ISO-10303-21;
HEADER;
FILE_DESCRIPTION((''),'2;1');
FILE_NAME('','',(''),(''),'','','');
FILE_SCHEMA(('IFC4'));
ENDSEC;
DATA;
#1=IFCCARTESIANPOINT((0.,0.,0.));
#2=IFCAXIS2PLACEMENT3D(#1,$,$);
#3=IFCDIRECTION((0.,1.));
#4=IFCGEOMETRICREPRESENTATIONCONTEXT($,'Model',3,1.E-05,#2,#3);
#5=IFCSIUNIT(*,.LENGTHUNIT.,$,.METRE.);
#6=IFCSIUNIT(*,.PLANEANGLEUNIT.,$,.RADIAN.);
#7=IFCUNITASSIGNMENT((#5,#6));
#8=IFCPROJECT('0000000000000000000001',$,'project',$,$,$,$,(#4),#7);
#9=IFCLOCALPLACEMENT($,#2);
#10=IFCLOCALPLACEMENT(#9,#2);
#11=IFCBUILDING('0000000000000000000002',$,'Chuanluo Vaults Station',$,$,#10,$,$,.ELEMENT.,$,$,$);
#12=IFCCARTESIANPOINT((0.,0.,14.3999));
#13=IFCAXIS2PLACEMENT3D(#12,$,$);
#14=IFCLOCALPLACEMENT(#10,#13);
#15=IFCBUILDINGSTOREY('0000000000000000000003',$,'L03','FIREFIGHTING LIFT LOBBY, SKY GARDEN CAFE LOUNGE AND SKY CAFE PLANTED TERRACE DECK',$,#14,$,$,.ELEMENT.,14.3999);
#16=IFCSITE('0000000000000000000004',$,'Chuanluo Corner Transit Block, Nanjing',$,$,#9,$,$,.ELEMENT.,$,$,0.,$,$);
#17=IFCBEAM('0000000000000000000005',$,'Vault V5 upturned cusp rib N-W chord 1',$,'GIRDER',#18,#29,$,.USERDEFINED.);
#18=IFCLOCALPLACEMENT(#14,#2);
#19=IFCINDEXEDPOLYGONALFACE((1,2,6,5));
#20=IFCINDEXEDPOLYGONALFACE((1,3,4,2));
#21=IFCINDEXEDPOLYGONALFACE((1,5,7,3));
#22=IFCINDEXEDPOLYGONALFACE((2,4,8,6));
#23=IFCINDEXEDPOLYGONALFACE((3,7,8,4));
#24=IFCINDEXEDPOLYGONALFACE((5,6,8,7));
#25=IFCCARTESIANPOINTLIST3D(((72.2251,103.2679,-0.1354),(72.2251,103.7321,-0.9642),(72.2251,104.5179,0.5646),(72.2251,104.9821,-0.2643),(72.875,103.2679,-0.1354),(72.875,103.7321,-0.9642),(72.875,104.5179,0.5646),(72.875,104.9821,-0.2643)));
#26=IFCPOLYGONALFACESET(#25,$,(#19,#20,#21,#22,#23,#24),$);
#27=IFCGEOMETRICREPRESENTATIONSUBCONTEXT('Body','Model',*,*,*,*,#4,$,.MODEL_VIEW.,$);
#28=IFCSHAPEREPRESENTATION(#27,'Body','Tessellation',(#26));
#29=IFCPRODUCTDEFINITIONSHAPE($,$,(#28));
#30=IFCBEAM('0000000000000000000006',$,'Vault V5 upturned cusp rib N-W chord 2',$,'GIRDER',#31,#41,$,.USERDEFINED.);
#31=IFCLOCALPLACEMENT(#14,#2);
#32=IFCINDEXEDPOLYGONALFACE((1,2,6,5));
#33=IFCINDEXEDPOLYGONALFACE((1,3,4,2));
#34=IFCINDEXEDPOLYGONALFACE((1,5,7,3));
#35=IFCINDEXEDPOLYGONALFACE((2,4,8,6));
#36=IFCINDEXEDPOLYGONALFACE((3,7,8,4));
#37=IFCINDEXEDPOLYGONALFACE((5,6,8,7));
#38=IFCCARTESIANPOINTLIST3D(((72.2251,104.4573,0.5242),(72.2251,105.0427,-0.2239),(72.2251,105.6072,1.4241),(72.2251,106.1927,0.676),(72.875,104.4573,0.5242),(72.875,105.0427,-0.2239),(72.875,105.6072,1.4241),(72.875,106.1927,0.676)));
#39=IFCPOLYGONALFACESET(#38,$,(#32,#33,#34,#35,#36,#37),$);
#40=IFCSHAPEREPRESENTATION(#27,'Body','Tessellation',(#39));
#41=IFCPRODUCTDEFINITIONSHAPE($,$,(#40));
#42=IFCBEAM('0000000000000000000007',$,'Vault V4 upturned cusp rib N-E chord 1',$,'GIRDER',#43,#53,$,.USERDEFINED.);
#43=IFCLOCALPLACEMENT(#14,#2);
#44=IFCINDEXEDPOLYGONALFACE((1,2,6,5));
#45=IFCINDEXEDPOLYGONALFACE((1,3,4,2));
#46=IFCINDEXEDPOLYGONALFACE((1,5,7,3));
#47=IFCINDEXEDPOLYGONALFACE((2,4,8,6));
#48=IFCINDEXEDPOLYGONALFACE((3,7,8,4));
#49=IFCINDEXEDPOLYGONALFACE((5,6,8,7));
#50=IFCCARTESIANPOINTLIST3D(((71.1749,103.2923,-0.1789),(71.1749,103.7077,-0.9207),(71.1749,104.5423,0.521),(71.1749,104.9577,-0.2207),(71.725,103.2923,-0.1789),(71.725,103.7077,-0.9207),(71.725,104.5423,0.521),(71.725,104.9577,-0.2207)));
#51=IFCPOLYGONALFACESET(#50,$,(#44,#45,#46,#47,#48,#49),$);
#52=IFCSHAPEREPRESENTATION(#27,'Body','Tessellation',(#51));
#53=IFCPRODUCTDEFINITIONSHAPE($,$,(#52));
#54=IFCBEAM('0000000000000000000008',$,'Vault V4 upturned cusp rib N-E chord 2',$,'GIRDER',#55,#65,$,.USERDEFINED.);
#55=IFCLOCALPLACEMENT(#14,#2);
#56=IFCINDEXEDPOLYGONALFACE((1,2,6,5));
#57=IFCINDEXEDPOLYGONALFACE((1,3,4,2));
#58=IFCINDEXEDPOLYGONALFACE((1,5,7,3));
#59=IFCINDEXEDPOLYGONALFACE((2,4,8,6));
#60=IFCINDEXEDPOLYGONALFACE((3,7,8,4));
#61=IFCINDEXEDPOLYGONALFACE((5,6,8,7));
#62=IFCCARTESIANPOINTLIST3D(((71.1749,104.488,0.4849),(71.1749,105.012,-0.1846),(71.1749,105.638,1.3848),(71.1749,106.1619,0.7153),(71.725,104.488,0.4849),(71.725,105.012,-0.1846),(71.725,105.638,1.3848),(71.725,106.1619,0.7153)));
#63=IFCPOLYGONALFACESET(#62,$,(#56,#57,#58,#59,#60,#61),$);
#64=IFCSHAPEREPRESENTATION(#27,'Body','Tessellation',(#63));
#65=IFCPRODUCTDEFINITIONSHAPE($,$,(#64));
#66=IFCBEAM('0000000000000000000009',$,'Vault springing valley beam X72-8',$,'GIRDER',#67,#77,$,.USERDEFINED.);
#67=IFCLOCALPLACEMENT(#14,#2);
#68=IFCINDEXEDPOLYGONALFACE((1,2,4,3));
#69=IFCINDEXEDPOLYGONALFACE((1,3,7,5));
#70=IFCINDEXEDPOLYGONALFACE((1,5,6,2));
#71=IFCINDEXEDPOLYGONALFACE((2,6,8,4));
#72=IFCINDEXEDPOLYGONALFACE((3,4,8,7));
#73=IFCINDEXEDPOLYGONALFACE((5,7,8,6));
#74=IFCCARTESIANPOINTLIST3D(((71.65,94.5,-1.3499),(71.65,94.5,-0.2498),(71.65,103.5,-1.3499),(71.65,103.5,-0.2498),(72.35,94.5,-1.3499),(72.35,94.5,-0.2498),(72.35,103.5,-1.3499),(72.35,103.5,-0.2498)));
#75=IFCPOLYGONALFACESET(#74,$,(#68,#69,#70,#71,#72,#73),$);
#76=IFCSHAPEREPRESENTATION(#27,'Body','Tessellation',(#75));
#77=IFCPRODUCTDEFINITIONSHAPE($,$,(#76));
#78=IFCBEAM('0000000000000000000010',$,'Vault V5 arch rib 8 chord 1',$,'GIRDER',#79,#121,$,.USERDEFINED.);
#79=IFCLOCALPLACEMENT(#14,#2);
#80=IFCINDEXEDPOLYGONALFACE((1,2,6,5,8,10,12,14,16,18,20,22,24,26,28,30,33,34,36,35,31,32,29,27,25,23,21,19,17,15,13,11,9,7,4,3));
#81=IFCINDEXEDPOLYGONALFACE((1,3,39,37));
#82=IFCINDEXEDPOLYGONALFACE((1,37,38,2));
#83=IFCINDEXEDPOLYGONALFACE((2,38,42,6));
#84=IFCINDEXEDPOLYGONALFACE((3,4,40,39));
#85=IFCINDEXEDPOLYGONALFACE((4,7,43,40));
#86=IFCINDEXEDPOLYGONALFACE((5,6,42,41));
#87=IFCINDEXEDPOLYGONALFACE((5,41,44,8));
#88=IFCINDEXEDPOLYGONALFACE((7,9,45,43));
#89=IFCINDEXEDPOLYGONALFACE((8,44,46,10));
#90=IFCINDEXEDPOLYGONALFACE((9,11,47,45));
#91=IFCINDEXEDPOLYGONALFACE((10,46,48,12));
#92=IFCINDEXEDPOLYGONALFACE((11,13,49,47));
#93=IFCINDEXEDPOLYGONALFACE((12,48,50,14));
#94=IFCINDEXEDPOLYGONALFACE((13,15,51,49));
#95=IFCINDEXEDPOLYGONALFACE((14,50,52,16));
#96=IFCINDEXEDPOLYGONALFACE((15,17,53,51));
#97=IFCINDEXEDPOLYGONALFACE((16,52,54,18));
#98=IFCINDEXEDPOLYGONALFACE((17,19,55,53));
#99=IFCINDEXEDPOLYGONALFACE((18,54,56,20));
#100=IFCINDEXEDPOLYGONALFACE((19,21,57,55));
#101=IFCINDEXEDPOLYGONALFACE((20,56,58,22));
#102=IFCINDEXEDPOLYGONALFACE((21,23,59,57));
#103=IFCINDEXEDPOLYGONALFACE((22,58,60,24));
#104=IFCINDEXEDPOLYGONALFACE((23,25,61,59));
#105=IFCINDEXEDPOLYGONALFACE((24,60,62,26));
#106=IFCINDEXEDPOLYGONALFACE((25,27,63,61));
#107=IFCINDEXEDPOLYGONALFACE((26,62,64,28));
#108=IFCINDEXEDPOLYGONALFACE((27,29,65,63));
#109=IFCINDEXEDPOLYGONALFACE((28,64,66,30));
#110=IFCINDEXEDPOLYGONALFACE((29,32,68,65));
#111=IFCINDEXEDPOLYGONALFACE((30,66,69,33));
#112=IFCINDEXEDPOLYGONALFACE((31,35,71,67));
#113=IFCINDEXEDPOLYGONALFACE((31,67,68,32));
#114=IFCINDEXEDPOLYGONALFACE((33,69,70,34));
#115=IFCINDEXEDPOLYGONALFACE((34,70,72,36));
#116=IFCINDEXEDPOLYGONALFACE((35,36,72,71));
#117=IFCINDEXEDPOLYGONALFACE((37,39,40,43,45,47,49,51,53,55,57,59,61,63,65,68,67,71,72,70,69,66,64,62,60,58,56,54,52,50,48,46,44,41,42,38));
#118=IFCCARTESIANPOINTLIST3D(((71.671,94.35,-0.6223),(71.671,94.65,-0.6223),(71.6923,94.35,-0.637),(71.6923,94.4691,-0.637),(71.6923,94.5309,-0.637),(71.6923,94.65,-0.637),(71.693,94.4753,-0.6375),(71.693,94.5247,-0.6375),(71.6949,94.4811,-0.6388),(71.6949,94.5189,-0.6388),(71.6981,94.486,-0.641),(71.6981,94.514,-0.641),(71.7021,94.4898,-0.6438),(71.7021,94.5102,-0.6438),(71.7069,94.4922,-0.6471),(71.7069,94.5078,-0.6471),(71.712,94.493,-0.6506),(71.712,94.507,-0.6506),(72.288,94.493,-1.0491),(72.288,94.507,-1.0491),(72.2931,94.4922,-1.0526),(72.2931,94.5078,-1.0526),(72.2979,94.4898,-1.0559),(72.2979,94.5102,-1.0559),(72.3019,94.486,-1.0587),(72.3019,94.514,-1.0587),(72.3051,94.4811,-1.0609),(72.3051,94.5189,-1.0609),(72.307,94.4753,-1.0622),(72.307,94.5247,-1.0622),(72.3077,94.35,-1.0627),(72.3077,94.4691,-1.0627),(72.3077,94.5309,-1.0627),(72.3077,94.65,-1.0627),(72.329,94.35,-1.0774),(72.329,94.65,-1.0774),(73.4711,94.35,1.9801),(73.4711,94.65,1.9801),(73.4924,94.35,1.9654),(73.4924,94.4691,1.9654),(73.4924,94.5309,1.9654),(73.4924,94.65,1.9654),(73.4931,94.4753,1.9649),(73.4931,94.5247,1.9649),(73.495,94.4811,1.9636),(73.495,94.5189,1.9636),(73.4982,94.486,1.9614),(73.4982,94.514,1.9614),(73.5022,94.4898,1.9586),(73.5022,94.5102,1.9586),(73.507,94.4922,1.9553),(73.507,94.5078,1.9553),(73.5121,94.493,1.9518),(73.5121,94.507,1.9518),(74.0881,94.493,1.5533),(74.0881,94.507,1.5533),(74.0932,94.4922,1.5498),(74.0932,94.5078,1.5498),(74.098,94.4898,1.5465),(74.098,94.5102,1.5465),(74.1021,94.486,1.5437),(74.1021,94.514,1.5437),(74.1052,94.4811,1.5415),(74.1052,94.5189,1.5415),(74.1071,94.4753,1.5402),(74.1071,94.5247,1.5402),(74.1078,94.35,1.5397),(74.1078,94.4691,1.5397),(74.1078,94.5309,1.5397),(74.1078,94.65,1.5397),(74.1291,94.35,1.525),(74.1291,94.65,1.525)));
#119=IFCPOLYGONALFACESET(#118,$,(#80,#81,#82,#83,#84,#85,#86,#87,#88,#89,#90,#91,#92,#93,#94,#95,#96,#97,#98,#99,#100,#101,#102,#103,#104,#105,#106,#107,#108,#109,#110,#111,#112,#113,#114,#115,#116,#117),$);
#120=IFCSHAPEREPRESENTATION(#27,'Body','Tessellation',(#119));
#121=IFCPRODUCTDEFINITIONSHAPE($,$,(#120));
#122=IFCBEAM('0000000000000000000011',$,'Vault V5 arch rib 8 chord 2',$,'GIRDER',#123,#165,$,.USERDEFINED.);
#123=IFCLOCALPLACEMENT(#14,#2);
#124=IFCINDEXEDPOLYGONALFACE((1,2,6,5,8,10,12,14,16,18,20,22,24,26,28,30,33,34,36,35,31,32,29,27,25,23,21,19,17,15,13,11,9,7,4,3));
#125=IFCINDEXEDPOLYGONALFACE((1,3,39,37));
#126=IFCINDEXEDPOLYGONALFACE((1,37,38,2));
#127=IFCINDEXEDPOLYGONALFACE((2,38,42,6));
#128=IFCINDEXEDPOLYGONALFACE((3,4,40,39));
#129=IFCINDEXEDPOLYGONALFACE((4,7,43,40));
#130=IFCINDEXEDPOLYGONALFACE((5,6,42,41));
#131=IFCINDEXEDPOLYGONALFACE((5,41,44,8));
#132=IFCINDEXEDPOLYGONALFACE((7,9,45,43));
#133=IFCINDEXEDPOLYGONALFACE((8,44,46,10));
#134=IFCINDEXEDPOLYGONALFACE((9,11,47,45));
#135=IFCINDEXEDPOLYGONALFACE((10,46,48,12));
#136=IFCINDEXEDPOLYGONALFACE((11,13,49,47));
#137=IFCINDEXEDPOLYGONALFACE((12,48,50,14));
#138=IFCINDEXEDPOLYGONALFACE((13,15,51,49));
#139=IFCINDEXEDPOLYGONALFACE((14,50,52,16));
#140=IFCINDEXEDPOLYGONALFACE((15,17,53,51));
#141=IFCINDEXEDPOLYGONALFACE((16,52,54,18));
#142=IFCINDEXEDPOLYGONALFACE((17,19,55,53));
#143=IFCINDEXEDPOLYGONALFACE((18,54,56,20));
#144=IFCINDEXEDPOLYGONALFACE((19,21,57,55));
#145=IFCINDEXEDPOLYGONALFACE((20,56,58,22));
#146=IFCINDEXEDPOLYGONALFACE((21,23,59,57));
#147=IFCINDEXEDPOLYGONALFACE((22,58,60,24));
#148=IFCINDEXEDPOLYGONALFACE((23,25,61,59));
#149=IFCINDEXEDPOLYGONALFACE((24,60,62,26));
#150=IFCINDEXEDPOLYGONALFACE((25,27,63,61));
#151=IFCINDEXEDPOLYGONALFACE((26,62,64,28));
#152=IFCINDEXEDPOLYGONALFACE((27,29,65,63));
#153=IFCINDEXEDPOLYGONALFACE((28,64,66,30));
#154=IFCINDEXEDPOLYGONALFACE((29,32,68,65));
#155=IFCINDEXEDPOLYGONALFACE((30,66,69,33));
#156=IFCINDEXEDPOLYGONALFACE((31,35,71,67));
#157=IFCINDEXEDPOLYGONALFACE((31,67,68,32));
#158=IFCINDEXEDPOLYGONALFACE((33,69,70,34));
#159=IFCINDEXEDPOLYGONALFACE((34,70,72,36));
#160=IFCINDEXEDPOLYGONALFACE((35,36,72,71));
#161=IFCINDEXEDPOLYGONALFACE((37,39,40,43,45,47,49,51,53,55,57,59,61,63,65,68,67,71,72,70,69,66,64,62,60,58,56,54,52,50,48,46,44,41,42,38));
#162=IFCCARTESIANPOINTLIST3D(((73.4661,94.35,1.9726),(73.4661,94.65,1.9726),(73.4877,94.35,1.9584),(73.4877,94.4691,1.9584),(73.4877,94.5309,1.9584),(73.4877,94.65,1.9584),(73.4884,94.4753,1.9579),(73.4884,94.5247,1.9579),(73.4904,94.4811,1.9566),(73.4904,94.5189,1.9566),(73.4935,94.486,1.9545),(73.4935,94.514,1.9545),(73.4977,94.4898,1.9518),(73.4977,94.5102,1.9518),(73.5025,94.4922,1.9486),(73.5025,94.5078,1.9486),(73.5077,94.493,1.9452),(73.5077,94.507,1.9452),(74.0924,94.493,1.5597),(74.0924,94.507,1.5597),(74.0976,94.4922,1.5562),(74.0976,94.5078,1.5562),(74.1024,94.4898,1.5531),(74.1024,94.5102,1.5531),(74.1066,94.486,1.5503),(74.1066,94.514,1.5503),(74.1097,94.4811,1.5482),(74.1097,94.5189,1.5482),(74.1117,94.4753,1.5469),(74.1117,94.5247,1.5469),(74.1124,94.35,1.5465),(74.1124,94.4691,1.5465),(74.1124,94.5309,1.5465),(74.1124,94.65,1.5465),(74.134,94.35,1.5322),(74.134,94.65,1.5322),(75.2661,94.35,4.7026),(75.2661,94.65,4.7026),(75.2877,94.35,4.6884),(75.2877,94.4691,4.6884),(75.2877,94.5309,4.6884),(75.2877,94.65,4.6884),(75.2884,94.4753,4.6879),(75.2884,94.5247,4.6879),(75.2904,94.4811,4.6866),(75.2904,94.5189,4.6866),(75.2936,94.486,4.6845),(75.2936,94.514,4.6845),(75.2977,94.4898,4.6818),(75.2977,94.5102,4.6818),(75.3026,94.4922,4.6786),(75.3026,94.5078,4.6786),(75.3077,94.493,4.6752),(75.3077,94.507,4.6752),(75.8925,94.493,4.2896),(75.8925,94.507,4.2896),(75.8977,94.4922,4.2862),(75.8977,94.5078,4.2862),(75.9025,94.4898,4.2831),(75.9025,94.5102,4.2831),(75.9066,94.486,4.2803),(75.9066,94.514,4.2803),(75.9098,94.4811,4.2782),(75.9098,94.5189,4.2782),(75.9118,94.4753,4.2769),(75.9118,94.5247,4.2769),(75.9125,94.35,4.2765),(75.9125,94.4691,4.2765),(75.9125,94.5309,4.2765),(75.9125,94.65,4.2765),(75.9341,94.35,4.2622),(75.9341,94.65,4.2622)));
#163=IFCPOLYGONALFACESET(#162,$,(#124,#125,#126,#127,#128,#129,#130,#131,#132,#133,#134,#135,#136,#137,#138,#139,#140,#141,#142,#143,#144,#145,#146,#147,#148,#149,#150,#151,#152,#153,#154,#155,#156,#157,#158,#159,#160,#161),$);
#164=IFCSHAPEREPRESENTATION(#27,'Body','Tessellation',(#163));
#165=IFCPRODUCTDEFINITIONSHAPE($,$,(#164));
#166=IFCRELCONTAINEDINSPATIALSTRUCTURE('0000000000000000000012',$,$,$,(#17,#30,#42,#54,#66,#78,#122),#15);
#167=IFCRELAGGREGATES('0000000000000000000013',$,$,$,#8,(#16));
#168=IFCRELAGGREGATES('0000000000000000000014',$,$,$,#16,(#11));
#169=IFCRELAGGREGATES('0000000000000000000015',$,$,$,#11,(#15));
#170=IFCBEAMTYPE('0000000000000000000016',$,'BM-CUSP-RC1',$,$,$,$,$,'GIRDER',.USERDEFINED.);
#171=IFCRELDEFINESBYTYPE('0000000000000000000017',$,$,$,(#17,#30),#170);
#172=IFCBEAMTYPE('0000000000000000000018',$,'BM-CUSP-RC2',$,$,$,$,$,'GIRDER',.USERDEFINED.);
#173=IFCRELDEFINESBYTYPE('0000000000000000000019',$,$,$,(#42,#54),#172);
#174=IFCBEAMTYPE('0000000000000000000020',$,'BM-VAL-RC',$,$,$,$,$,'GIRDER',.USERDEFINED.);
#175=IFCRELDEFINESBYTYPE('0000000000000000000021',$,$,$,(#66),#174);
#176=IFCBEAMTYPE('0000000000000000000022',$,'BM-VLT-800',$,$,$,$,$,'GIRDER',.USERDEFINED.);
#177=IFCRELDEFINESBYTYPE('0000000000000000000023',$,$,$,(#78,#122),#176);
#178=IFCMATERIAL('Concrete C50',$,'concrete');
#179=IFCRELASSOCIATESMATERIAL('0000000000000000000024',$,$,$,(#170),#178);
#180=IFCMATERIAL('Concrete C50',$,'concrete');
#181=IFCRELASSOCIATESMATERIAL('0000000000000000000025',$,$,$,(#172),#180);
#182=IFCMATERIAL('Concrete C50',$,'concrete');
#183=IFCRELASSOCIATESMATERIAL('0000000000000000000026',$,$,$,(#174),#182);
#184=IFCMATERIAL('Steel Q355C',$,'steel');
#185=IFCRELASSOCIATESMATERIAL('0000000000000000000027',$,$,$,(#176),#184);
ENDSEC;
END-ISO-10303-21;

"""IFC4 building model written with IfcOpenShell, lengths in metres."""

from ifc_helpers import new_model, si_unit, direction, frame, origin, origin_2d, place, context, subcontext, project, spatial, rectangle, i_section, extrude, material, material_profile, profile_set, type_object, element, save


model = new_model("IFC4")

# Units and contexts
model_context = context("Model", 3, precision=1e-05, world=origin(), true_north=direction((0.0, 1.0)))
body_context = subcontext(model_context, "Body", "Model", "MODEL_VIEW")
ifc_project = project(units=[si_unit("LENGTHUNIT", "METRE"), si_unit("PLANEANGLEUNIT", "RADIAN")], contexts=[model_context])

# Site, building, storey
site_placement = place(None, origin())
site = spatial("IfcSite", under=ifc_project, at=site_placement, Name="Chuanluo Corner Transit Block, Nanjing", CompositionType="ELEMENT", RefElevation=0.0)
building_placement = place(site_placement, origin())
building = spatial("IfcBuilding", under=site, at=building_placement, Name="Chuanluo Vaults Station", CompositionType="ELEMENT")
storey_placement = place(building_placement, frame((0.0, 0.0, 14.3999)))
storey = spatial("IfcBuildingStorey", under=building, at=storey_placement, Name="L03", Description="FIREFIGHTING LIFT LOBBY, SKY GARDEN CAFE LOUNGE AND SKY CAFE PLANTED TERRACE DECK", CompositionType="ELEMENT", Elevation=14.3999)

# Beams
ifc_material_1 = material(Name="Concrete C50", Category="concrete")
ifc_material_profile_1 = material_profile(ifc_material_1, rectangle(XDim=0.6499, YDim=0.95, at=origin_2d()))
ifc_profile_set_1 = profile_set([ifc_material_profile_1], Name="Concrete C50")
beam_type_1 = type_object("IfcBeamType", Name="BM-CUSP-RC1", ElementType="GIRDER", PredefinedType="USERDEFINED", material=ifc_profile_set_1)
beam_1_placement = place(storey_placement, frame((72.55, 103.5, -0.5498), z_axis=(0.0, 0.872521, 0.488577), x_axis=(-1.0, 0.0, 0.0)))
element("IfcBeam", 1, at=beam_1_placement, inside=storey, type_object=beam_type_1, Name="Vault V5 upturned cusp rib N-W chord 1", ObjectType="GIRDER", PredefinedType="USERDEFINED", context=body_context, shape_type="SweptSolid", body=[
    extrude(rectangle(XDim=0.6499, YDim=0.95, at=origin_2d()), origin(), (0.0, 0.0, 1.0), 1.4326),
])
beam_2_placement = place(storey_placement, frame((72.55, 104.75, 0.1501), z_axis=(0.0, 0.787512, 0.616299), x_axis=(-1.0, 0.0, 0.0)))
element("IfcBeam", 2, at=beam_2_placement, inside=storey, type_object=beam_type_1, Name="Vault V5 upturned cusp rib N-W chord 2", ObjectType="GIRDER", PredefinedType="USERDEFINED", context=body_context, shape_type="SweptSolid", body=[
    extrude(rectangle(XDim=0.6499, YDim=0.95, at=origin_2d()), origin(), (0.0, 0.0, 1.0), 1.4602),
])
ifc_material_2 = material(Name="Concrete C50", Category="concrete")
ifc_material_profile_2 = material_profile(ifc_material_2, rectangle(XDim=0.55, YDim=0.8501, at=origin_2d()))
ifc_profile_set_2 = profile_set([ifc_material_profile_2], Name="Concrete C50")
beam_type_2 = type_object("IfcBeamType", Name="BM-CUSP-RC2", ElementType="GIRDER", PredefinedType="USERDEFINED", material=ifc_profile_set_2)
beam_3_placement = place(storey_placement, frame((71.45, 103.5, -0.5498), z_axis=(0.0, 0.872521, 0.488577), x_axis=(-1.0, 0.0, 0.0)))
element("IfcBeam", 3, at=beam_3_placement, inside=storey, type_object=beam_type_2, Name="Vault V4 upturned cusp rib N-E chord 1", ObjectType="GIRDER", PredefinedType="USERDEFINED", context=body_context, shape_type="SweptSolid", body=[
    extrude(rectangle(XDim=0.55, YDim=0.8501, at=origin_2d()), origin(), (0.0, 0.0, 1.0), 1.4326),
])
beam_4_placement = place(storey_placement, frame((71.45, 104.75, 0.1501), z_axis=(0.0, 0.787512, 0.616299), x_axis=(-1.0, 0.0, 0.0)))
element("IfcBeam", 4, at=beam_4_placement, inside=storey, type_object=beam_type_2, Name="Vault V4 upturned cusp rib N-E chord 2", ObjectType="GIRDER", PredefinedType="USERDEFINED", context=body_context, shape_type="SweptSolid", body=[
    extrude(rectangle(XDim=0.55, YDim=0.8501, at=origin_2d()), origin(), (0.0, 0.0, 1.0), 1.4602),
])
ifc_material_3 = material(Name="Concrete C50", Category="concrete")
ifc_material_profile_3 = material_profile(ifc_material_3, rectangle(XDim=0.7, YDim=1.1001, at=origin_2d()))
ifc_profile_set_3 = profile_set([ifc_material_profile_3], Name="Concrete C50")
beam_type_3 = type_object("IfcBeamType", Name="BM-VAL-RC", ElementType="GIRDER", PredefinedType="USERDEFINED", material=ifc_profile_set_3)
beam_5_placement = place(storey_placement, frame((72.0, 94.5, -0.7998), z_axis=(0.0, 1.0, 0.0), x_axis=(-1.0, 0.0, 0.0)))
element("IfcBeam", 5, at=beam_5_placement, inside=storey, type_object=beam_type_3, Name="Vault springing valley beam X72-8", ObjectType="GIRDER", PredefinedType="USERDEFINED", context=body_context, shape_type="SweptSolid", body=[
    extrude(rectangle(XDim=0.7, YDim=1.1001, at=origin_2d()), origin(), (0.0, 0.0, 1.0), 9.0),
])
ifc_material_4 = material(Name="Steel Q355C", Category="steel")
ifc_material_profile_4 = material_profile(ifc_material_4, i_section(OverallWidth=0.3, OverallDepth=0.8, WebThickness=0.0139, FlangeThickness=0.0259, FilletRadius=0.0239, at=origin_2d()))
ifc_profile_set_4 = profile_set([ifc_material_profile_4], Name="Steel Q355C")
beam_type_4 = type_object("IfcBeamType", Name="BM-VLT-800", ElementType="GIRDER", PredefinedType="USERDEFINED", material=ifc_profile_set_4)
beam_6_placement = place(storey_placement, frame((72.0, 94.5, -0.8499), z_axis=(0.568881, 0.0, 0.82242), x_axis=(0.0, 1.0, 0.0)))
element("IfcBeam", 6, at=beam_6_placement, inside=storey, type_object=beam_type_4, Name="Vault V5 arch rib 8 chord 1", ObjectType="GIRDER", PredefinedType="USERDEFINED", context=body_context, shape_type="SweptSolid", body=[
    extrude(i_section(OverallWidth=0.3, OverallDepth=0.8, WebThickness=0.0139, FlangeThickness=0.0259, FilletRadius=0.0239, at=origin_2d()), origin(), (0.0, 0.0, 1.0), 3.1643),
])
beam_7_placement = place(storey_placement, frame((73.8, 94.5, 1.7524), z_axis=(0.550472, 0.0, 0.834854), x_axis=(0.0, 1.0, 0.0)))
element("IfcBeam", 7, at=beam_7_placement, inside=storey, type_object=beam_type_4, Name="Vault V5 arch rib 8 chord 2", ObjectType="GIRDER", PredefinedType="USERDEFINED", context=body_context, shape_type="SweptSolid", body=[
    extrude(i_section(OverallWidth=0.3, OverallDepth=0.8, WebThickness=0.0139, FlangeThickness=0.0259, FilletRadius=0.0239, at=origin_2d()), origin(), (0.0, 0.0, 1.0), 3.27),
])

save(model, "model.ifc")
